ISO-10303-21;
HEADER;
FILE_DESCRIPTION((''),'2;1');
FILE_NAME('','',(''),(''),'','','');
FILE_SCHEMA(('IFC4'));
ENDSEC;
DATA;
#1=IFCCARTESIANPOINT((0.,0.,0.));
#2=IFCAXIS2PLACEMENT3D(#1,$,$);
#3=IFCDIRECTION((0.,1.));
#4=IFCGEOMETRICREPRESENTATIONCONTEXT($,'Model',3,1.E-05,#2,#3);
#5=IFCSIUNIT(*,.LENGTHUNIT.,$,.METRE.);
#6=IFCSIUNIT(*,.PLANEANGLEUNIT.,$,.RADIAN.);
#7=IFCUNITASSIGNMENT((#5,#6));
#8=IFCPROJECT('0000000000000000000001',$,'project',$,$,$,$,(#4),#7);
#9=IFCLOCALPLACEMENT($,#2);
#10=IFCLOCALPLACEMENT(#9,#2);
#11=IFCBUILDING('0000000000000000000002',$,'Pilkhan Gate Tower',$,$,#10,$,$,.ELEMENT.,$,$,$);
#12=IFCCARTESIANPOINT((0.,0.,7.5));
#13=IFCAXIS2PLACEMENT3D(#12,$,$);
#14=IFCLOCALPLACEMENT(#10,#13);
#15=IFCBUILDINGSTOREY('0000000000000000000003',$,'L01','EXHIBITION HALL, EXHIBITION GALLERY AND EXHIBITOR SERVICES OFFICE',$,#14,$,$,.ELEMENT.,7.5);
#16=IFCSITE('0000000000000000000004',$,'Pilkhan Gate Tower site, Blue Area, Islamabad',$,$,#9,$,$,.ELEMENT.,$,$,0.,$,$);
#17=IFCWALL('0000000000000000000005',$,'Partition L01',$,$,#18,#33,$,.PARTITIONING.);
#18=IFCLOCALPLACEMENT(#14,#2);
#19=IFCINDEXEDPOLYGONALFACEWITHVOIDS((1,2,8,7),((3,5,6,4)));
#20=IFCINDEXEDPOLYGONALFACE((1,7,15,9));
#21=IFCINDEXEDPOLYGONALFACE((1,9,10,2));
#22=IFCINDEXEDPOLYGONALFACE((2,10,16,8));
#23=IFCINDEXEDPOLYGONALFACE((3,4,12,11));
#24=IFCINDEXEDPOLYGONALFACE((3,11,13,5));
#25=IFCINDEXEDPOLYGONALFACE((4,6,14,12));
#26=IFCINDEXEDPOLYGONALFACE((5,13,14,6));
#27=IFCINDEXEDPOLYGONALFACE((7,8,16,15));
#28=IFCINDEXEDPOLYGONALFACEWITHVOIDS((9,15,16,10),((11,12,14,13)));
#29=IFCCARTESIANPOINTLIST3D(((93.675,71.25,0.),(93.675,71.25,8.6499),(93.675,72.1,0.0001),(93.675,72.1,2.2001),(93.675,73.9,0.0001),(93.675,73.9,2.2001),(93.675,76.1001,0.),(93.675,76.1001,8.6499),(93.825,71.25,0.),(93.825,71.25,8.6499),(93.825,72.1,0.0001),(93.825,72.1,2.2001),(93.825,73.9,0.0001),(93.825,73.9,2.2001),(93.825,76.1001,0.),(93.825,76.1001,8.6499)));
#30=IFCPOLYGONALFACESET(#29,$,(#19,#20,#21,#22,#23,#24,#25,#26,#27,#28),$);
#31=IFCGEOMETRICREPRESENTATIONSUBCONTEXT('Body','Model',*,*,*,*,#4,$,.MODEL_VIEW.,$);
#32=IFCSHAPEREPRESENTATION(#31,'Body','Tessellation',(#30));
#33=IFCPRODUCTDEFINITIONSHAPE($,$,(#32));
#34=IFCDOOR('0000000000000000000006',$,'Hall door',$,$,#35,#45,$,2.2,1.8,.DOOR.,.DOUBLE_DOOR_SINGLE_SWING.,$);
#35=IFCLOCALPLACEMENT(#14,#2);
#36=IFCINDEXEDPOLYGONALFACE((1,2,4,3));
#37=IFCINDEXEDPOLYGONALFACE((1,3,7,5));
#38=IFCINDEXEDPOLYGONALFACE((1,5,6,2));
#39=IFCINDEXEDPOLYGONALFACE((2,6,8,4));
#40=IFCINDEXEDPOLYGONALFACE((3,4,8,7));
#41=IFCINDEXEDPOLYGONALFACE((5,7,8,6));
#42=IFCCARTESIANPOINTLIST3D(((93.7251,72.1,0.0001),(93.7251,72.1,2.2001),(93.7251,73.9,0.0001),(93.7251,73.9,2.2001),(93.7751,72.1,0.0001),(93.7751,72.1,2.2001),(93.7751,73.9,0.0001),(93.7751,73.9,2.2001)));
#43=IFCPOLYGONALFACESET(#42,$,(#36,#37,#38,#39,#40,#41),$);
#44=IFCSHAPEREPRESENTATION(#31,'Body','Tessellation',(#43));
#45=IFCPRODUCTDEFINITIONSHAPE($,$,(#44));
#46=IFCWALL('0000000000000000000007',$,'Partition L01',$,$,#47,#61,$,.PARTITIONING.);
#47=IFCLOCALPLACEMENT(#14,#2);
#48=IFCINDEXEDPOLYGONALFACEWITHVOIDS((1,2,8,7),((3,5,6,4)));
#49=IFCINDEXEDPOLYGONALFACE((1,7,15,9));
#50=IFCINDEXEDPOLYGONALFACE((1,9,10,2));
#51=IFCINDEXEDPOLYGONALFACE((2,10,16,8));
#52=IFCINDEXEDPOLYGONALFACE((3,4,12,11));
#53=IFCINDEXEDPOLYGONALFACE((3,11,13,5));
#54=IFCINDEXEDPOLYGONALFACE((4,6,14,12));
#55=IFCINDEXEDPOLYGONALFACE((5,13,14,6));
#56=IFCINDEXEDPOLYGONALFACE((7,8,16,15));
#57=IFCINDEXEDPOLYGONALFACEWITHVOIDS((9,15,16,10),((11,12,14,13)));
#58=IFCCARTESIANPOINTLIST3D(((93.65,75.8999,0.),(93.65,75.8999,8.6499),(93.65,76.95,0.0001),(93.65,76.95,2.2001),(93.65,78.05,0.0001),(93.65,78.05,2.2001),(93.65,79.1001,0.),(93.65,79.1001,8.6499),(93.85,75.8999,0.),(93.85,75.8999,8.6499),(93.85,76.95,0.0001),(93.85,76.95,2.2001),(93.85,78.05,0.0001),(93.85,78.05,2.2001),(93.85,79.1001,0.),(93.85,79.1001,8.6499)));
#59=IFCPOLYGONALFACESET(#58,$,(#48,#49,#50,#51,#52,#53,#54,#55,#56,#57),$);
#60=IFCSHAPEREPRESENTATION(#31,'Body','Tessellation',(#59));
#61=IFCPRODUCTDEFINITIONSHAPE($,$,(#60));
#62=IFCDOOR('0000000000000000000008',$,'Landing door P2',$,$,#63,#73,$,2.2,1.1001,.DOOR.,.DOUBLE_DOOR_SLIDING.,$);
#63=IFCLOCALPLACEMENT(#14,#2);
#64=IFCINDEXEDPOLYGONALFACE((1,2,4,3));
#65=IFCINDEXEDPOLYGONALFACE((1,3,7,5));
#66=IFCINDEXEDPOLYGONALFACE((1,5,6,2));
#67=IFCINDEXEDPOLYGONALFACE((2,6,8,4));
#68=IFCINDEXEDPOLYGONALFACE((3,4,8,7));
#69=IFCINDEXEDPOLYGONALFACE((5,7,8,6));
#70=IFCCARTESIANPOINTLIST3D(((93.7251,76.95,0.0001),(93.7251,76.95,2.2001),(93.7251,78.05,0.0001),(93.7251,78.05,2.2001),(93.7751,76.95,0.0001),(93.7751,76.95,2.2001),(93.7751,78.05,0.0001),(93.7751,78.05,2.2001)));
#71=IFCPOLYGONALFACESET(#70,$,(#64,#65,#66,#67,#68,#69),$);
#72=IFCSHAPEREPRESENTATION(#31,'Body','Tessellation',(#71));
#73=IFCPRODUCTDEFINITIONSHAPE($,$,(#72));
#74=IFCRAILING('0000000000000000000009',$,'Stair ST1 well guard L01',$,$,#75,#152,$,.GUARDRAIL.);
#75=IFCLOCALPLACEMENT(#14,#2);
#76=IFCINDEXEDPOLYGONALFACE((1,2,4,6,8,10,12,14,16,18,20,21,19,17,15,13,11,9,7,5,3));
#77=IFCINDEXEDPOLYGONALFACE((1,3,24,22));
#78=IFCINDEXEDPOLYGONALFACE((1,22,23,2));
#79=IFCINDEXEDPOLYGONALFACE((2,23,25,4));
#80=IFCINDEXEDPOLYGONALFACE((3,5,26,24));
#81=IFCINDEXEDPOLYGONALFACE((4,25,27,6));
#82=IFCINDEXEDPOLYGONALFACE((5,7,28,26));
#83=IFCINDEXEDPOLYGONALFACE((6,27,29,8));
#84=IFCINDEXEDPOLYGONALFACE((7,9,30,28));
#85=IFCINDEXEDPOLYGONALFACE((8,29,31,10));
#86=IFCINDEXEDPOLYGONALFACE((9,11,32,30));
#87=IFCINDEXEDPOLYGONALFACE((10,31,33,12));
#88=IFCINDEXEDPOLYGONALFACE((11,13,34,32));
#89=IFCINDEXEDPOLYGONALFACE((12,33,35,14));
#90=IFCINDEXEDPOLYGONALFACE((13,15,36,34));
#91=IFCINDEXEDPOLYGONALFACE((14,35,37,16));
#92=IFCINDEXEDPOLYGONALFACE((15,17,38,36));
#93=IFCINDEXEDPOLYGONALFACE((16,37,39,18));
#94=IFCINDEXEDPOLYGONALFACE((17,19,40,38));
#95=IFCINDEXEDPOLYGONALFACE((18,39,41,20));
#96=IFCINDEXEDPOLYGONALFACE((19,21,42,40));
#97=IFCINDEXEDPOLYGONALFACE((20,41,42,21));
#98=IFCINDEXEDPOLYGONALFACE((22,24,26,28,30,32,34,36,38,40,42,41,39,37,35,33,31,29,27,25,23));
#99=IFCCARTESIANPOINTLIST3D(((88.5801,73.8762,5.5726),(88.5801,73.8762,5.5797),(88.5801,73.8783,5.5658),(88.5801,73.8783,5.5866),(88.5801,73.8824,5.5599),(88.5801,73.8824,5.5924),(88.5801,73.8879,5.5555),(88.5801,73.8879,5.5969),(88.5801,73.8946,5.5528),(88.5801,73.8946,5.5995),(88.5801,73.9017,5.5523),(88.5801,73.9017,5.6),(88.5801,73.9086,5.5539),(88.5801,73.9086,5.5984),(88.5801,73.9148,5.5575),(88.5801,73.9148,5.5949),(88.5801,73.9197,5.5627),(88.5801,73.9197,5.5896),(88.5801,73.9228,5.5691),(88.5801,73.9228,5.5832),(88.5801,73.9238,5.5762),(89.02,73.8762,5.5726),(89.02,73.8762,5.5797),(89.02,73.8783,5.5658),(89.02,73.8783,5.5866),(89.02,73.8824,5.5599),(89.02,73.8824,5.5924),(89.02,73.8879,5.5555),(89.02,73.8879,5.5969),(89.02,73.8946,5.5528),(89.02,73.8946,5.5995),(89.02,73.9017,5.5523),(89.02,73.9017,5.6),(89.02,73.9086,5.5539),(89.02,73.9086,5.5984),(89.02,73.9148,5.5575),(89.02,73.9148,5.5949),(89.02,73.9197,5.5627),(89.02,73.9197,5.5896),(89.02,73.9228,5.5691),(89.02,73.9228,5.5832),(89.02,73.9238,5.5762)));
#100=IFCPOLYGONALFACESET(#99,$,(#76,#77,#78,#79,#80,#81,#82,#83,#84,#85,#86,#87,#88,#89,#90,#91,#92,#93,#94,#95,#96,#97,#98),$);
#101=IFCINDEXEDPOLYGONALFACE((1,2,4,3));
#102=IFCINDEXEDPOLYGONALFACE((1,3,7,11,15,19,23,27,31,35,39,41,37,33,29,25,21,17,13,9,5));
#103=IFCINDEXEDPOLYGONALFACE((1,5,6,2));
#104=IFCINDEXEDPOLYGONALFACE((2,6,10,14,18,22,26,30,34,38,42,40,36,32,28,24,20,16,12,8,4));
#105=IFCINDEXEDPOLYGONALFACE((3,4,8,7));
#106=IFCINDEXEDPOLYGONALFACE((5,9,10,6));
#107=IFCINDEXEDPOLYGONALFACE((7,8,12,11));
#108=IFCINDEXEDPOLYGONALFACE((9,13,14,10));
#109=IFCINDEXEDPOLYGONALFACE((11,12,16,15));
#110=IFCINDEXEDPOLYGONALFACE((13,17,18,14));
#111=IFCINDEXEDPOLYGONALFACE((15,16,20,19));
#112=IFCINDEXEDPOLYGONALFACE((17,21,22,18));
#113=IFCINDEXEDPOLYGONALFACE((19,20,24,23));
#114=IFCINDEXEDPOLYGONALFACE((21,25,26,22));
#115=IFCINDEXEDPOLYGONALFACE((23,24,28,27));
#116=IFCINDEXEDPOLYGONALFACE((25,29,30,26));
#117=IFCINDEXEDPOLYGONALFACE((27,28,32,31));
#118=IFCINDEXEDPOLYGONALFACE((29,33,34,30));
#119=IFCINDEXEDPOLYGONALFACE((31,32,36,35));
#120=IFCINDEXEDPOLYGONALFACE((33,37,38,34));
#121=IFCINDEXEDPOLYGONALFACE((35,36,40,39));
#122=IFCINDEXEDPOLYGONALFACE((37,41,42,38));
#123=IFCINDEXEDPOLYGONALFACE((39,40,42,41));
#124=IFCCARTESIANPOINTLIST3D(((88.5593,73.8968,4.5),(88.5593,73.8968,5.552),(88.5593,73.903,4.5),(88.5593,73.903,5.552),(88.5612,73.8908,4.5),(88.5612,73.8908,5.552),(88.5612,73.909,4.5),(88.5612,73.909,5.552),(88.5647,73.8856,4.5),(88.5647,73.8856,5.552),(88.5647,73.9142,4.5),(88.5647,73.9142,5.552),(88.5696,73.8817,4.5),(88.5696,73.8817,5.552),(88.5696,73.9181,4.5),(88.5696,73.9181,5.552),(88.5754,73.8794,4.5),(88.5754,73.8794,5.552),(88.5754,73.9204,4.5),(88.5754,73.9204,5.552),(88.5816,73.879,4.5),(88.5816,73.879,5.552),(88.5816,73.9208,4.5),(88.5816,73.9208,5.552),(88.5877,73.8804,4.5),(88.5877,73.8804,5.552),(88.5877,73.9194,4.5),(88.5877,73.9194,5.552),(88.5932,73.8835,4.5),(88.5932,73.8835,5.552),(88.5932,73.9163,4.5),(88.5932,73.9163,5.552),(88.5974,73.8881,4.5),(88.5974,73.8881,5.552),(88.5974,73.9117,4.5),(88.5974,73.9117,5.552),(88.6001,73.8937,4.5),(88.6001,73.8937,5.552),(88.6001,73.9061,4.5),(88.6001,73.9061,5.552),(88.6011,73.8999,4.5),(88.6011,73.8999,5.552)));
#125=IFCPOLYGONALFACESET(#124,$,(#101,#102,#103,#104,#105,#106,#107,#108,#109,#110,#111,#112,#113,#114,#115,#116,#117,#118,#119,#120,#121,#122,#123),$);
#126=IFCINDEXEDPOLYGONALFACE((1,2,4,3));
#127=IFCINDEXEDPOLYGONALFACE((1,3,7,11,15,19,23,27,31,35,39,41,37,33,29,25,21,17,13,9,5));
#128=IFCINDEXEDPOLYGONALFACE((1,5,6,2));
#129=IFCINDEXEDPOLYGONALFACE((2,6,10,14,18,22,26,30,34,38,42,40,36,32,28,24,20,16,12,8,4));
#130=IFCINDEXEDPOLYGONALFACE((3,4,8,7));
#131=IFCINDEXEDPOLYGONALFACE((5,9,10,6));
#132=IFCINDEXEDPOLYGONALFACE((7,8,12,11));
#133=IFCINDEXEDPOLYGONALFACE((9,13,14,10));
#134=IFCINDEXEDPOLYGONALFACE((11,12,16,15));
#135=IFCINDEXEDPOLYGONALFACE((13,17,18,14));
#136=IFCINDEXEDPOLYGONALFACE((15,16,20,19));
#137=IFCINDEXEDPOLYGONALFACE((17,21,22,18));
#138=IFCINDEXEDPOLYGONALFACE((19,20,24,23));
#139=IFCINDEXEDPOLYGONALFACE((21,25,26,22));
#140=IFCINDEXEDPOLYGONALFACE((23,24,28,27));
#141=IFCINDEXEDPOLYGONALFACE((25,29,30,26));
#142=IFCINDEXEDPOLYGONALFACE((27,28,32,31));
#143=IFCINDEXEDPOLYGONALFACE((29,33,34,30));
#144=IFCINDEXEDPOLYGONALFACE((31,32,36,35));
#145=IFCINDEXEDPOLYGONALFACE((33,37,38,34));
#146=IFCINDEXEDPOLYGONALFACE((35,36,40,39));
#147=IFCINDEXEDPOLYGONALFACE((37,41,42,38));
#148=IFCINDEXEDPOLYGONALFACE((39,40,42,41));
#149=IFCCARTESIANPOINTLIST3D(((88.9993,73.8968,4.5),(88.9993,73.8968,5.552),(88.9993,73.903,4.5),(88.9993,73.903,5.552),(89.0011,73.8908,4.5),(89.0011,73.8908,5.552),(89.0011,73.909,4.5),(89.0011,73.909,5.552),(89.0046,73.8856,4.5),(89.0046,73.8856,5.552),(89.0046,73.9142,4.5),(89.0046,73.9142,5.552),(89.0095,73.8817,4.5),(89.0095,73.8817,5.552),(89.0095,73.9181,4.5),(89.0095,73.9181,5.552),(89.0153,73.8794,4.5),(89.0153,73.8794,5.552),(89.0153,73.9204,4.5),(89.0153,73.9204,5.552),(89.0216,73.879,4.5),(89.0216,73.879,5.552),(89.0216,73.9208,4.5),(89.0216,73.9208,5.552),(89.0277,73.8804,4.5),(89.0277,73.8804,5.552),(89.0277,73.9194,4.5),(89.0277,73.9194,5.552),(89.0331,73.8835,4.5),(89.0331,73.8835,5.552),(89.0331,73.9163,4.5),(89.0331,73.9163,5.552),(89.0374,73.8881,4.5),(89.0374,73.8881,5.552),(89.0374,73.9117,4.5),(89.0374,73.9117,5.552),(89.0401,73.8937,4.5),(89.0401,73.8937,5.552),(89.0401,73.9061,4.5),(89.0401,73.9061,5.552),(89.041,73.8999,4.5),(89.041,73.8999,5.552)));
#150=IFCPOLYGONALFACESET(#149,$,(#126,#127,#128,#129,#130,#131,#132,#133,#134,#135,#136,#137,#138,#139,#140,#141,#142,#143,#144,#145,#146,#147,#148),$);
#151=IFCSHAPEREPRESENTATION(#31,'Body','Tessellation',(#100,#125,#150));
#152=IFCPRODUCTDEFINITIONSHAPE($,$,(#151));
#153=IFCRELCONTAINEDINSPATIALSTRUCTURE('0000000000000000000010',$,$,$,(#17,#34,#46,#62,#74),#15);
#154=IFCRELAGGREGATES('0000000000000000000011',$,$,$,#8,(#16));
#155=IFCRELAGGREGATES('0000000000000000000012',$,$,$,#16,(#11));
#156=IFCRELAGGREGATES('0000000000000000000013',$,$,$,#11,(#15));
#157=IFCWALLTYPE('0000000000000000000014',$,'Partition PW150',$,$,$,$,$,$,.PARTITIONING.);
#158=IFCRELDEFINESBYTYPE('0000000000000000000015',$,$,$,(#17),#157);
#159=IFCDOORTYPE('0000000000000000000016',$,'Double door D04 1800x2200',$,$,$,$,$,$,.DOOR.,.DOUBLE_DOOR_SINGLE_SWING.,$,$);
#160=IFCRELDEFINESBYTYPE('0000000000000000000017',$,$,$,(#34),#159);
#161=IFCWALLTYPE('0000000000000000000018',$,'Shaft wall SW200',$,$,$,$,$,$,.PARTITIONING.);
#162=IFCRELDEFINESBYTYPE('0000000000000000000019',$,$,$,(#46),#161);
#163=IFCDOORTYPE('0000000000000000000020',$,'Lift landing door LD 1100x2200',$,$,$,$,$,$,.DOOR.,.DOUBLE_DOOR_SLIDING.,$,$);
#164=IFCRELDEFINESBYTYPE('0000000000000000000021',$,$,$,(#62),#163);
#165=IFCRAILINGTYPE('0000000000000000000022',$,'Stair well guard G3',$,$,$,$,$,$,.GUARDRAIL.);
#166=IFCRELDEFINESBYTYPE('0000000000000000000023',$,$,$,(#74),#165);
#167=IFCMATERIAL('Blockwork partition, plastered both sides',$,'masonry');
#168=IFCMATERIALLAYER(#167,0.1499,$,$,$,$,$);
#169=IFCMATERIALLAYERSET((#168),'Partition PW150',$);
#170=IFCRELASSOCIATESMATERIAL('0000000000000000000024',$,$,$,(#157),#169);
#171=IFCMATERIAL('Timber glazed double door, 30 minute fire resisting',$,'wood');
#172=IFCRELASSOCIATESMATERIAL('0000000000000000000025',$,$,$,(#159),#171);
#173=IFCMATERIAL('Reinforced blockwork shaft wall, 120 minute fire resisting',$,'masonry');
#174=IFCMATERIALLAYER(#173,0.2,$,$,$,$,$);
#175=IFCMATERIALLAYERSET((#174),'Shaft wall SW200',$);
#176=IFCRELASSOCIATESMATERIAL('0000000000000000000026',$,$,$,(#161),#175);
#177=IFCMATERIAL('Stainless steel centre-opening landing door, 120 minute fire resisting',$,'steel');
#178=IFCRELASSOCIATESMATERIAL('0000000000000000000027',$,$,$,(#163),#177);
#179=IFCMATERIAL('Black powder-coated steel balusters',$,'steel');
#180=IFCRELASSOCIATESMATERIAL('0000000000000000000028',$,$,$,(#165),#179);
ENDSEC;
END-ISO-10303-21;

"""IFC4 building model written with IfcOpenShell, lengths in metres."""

from ifc_helpers import new_model, si_unit, direction, frame, frame_2d, origin, origin_2d, place, context, subcontext, project, spatial, rectangle, circle, extrude, material, layer, layer_set, type_object, element, fill, save


model = new_model("IFC4")

# Units and contexts
model_context = context("Model", 3, precision=1e-05, world=origin(), true_north=direction((0.0, 1.0)))
body_context = subcontext(model_context, "Body", "Model", "MODEL_VIEW")
ifc_project = project(units=[si_unit("LENGTHUNIT", "METRE"), si_unit("PLANEANGLEUNIT", "RADIAN")], contexts=[model_context])

# Site, building, storey
site_placement = place(None, origin())
site = spatial("IfcSite", under=ifc_project, at=site_placement, Name="Pilkhan Gate Tower site, Blue Area, Islamabad", CompositionType="ELEMENT", RefElevation=0.0)
building_placement = place(site_placement, origin())
building = spatial("IfcBuilding", under=site, at=building_placement, Name="Pilkhan Gate Tower", CompositionType="ELEMENT")
storey_placement = place(building_placement, frame((0.0, 0.0, 7.5)))
storey = spatial("IfcBuildingStorey", under=building, at=storey_placement, Name="L01", Description="EXHIBITION HALL, EXHIBITION GALLERY AND EXHIBITOR SERVICES OFFICE", CompositionType="ELEMENT", Elevation=7.5)

# Walls, openings, doors
ifc_material_1 = material(Name="Blockwork partition, plastered both sides", Category="masonry")
ifc_layer_1 = layer(ifc_material_1, 0.1499)
ifc_layer_set_1 = layer_set([ifc_layer_1], Name="Partition PW150")
wall_type_1 = type_object("IfcWallType", Name="Partition PW150", PredefinedType="PARTITIONING", material=ifc_layer_set_1)
wall_1_placement = place(storey_placement, frame((93.75, 71.25, 0.0), z_axis=(0.0, 0.0, 1.0), x_axis=(0.0, 1.0, 0.0)))
wall_1 = element("IfcWall", 1, at=wall_1_placement, inside=storey, type_object=wall_type_1, Name="Partition L01", PredefinedType="PARTITIONING", context=body_context, shape_type="SweptSolid", body=[
    extrude(rectangle(XDim=4.8501, YDim=0.1499, at=frame_2d((2.425, 0.0))), origin(), (0.0, 0.0, 1.0), 8.6499),
])
opening_1_placement = place(wall_1_placement, frame((0.8501, 0.0, 0.0)))
opening_1 = element("IfcOpeningElement", 2, at=opening_1_placement, cuts=wall_1, PredefinedType="OPENING", context=body_context, shape_type="SweptSolid", body=[
    extrude(rectangle(XDim=1.8, YDim=2.2, at=frame_2d((0.8999, 1.1001))), frame((0.0, 0.085, 0.0), z_axis=(0.0, -1.0, 0.0), x_axis=(1.0, 0.0, 0.0)), (0.0, 0.0, 1.0), 0.1699),
])
ifc_material_2 = material(Name="Timber glazed double door, 30 minute fire resisting", Category="wood")
door_type_1 = type_object("IfcDoorType", Name="Double door D04 1800x2200", OperationType="DOUBLE_DOOR_SINGLE_SWING", PredefinedType="DOOR", material=ifc_material_2)
door_1_placement = place(opening_1_placement, origin())
door_1 = element("IfcDoor", 3, at=door_1_placement, inside=storey, type_object=door_type_1, Name="Hall door", OperationType="DOUBLE_DOOR_SINGLE_SWING", OverallHeight=2.2, OverallWidth=1.8, PredefinedType="DOOR", context=body_context, shape_type="SweptSolid", body=[
    extrude(rectangle(XDim=1.8, YDim=2.2, at=frame_2d((0.8999, 1.1001))), frame((0.0, 0.0249, 0.0), z_axis=(0.0, -1.0, 0.0), x_axis=(1.0, 0.0, 0.0)), (0.0, 0.0, 1.0), 0.05),
])
fill(opening_1, door_1)
ifc_material_3 = material(Name="Reinforced blockwork shaft wall, 120 minute fire resisting", Category="masonry")
ifc_layer_2 = layer(ifc_material_3, 0.2)
ifc_layer_set_2 = layer_set([ifc_layer_2], Name="Shaft wall SW200")
wall_type_2 = type_object("IfcWallType", Name="Shaft wall SW200", PredefinedType="PARTITIONING", material=ifc_layer_set_2)
wall_2_placement = place(storey_placement, frame((93.75, 75.8999, 0.0), z_axis=(0.0, 0.0, 1.0), x_axis=(0.0, 1.0, 0.0)))
wall_2 = element("IfcWall", 4, at=wall_2_placement, inside=storey, type_object=wall_type_2, Name="Partition L01", PredefinedType="PARTITIONING", context=body_context, shape_type="SweptSolid", body=[
    extrude(rectangle(XDim=3.2002, YDim=0.2, at=frame_2d((1.6001, 0.0))), origin(), (0.0, 0.0, 1.0), 8.6499),
])
opening_2_placement = place(wall_2_placement, frame((1.05, 0.0, 0.0)))
opening_2 = element("IfcOpeningElement", 5, at=opening_2_placement, cuts=wall_2, PredefinedType="OPENING", context=body_context, shape_type="SweptSolid", body=[
    extrude(rectangle(XDim=1.1001, YDim=2.2, at=frame_2d((0.55, 1.1001))), frame((0.0, 0.1099, 0.0), z_axis=(0.0, -1.0, 0.0), x_axis=(1.0, 0.0, 0.0)), (0.0, 0.0, 1.0), 0.22),
])
ifc_material_4 = material(Name="Stainless steel centre-opening landing door, 120 minute fire resisting", Category="steel")
door_type_2 = type_object("IfcDoorType", Name="Lift landing door LD 1100x2200", OperationType="DOUBLE_DOOR_SLIDING", PredefinedType="DOOR", material=ifc_material_4)
door_2_placement = place(opening_2_placement, origin())
door_2 = element("IfcDoor", 6, at=door_2_placement, inside=storey, type_object=door_type_2, Name="Landing door P2", OperationType="DOUBLE_DOOR_SLIDING", OverallHeight=2.2, OverallWidth=1.1001, PredefinedType="DOOR", context=body_context, shape_type="SweptSolid", body=[
    extrude(rectangle(XDim=1.1001, YDim=2.2, at=frame_2d((0.55, 1.1001))), frame((0.0, 0.0249, 0.0), z_axis=(0.0, -1.0, 0.0), x_axis=(1.0, 0.0, 0.0)), (0.0, 0.0, 1.0), 0.05),
])
fill(opening_2, door_2)

# Railing
ifc_material_5 = material(Name="Black powder-coated steel balusters", Category="steel")
railing_type = type_object("IfcRailingType", Name="Stair well guard G3", PredefinedType="GUARDRAIL", material=ifc_material_5)
railing_placement = place(storey_placement, frame((88.5801, 73.8999, 4.5)))
element("IfcRailing", 7, at=railing_placement, inside=storey, type_object=railing_type, Name="Stair ST1 well guard L01", PredefinedType="GUARDRAIL", context=body_context, shape_type="SweptSolid", body=[
    extrude(circle(Radius=0.0239, at=origin_2d()), frame((0.0, 0.0, 1.0762), z_axis=(1.0, 0.0, 0.0), x_axis=(0.0, 1.0, 0.0)), (0.0, 0.0, 1.0), 0.4399),
    extrude(circle(Radius=0.021, at=origin_2d()), origin(), (0.0, 0.0, 1.0), 1.052),
    extrude(circle(Radius=0.021, at=origin_2d()), frame((0.4399, 0.0, 0.0)), (0.0, 0.0, 1.0), 1.052),
])

save(model, "model.ifc")
